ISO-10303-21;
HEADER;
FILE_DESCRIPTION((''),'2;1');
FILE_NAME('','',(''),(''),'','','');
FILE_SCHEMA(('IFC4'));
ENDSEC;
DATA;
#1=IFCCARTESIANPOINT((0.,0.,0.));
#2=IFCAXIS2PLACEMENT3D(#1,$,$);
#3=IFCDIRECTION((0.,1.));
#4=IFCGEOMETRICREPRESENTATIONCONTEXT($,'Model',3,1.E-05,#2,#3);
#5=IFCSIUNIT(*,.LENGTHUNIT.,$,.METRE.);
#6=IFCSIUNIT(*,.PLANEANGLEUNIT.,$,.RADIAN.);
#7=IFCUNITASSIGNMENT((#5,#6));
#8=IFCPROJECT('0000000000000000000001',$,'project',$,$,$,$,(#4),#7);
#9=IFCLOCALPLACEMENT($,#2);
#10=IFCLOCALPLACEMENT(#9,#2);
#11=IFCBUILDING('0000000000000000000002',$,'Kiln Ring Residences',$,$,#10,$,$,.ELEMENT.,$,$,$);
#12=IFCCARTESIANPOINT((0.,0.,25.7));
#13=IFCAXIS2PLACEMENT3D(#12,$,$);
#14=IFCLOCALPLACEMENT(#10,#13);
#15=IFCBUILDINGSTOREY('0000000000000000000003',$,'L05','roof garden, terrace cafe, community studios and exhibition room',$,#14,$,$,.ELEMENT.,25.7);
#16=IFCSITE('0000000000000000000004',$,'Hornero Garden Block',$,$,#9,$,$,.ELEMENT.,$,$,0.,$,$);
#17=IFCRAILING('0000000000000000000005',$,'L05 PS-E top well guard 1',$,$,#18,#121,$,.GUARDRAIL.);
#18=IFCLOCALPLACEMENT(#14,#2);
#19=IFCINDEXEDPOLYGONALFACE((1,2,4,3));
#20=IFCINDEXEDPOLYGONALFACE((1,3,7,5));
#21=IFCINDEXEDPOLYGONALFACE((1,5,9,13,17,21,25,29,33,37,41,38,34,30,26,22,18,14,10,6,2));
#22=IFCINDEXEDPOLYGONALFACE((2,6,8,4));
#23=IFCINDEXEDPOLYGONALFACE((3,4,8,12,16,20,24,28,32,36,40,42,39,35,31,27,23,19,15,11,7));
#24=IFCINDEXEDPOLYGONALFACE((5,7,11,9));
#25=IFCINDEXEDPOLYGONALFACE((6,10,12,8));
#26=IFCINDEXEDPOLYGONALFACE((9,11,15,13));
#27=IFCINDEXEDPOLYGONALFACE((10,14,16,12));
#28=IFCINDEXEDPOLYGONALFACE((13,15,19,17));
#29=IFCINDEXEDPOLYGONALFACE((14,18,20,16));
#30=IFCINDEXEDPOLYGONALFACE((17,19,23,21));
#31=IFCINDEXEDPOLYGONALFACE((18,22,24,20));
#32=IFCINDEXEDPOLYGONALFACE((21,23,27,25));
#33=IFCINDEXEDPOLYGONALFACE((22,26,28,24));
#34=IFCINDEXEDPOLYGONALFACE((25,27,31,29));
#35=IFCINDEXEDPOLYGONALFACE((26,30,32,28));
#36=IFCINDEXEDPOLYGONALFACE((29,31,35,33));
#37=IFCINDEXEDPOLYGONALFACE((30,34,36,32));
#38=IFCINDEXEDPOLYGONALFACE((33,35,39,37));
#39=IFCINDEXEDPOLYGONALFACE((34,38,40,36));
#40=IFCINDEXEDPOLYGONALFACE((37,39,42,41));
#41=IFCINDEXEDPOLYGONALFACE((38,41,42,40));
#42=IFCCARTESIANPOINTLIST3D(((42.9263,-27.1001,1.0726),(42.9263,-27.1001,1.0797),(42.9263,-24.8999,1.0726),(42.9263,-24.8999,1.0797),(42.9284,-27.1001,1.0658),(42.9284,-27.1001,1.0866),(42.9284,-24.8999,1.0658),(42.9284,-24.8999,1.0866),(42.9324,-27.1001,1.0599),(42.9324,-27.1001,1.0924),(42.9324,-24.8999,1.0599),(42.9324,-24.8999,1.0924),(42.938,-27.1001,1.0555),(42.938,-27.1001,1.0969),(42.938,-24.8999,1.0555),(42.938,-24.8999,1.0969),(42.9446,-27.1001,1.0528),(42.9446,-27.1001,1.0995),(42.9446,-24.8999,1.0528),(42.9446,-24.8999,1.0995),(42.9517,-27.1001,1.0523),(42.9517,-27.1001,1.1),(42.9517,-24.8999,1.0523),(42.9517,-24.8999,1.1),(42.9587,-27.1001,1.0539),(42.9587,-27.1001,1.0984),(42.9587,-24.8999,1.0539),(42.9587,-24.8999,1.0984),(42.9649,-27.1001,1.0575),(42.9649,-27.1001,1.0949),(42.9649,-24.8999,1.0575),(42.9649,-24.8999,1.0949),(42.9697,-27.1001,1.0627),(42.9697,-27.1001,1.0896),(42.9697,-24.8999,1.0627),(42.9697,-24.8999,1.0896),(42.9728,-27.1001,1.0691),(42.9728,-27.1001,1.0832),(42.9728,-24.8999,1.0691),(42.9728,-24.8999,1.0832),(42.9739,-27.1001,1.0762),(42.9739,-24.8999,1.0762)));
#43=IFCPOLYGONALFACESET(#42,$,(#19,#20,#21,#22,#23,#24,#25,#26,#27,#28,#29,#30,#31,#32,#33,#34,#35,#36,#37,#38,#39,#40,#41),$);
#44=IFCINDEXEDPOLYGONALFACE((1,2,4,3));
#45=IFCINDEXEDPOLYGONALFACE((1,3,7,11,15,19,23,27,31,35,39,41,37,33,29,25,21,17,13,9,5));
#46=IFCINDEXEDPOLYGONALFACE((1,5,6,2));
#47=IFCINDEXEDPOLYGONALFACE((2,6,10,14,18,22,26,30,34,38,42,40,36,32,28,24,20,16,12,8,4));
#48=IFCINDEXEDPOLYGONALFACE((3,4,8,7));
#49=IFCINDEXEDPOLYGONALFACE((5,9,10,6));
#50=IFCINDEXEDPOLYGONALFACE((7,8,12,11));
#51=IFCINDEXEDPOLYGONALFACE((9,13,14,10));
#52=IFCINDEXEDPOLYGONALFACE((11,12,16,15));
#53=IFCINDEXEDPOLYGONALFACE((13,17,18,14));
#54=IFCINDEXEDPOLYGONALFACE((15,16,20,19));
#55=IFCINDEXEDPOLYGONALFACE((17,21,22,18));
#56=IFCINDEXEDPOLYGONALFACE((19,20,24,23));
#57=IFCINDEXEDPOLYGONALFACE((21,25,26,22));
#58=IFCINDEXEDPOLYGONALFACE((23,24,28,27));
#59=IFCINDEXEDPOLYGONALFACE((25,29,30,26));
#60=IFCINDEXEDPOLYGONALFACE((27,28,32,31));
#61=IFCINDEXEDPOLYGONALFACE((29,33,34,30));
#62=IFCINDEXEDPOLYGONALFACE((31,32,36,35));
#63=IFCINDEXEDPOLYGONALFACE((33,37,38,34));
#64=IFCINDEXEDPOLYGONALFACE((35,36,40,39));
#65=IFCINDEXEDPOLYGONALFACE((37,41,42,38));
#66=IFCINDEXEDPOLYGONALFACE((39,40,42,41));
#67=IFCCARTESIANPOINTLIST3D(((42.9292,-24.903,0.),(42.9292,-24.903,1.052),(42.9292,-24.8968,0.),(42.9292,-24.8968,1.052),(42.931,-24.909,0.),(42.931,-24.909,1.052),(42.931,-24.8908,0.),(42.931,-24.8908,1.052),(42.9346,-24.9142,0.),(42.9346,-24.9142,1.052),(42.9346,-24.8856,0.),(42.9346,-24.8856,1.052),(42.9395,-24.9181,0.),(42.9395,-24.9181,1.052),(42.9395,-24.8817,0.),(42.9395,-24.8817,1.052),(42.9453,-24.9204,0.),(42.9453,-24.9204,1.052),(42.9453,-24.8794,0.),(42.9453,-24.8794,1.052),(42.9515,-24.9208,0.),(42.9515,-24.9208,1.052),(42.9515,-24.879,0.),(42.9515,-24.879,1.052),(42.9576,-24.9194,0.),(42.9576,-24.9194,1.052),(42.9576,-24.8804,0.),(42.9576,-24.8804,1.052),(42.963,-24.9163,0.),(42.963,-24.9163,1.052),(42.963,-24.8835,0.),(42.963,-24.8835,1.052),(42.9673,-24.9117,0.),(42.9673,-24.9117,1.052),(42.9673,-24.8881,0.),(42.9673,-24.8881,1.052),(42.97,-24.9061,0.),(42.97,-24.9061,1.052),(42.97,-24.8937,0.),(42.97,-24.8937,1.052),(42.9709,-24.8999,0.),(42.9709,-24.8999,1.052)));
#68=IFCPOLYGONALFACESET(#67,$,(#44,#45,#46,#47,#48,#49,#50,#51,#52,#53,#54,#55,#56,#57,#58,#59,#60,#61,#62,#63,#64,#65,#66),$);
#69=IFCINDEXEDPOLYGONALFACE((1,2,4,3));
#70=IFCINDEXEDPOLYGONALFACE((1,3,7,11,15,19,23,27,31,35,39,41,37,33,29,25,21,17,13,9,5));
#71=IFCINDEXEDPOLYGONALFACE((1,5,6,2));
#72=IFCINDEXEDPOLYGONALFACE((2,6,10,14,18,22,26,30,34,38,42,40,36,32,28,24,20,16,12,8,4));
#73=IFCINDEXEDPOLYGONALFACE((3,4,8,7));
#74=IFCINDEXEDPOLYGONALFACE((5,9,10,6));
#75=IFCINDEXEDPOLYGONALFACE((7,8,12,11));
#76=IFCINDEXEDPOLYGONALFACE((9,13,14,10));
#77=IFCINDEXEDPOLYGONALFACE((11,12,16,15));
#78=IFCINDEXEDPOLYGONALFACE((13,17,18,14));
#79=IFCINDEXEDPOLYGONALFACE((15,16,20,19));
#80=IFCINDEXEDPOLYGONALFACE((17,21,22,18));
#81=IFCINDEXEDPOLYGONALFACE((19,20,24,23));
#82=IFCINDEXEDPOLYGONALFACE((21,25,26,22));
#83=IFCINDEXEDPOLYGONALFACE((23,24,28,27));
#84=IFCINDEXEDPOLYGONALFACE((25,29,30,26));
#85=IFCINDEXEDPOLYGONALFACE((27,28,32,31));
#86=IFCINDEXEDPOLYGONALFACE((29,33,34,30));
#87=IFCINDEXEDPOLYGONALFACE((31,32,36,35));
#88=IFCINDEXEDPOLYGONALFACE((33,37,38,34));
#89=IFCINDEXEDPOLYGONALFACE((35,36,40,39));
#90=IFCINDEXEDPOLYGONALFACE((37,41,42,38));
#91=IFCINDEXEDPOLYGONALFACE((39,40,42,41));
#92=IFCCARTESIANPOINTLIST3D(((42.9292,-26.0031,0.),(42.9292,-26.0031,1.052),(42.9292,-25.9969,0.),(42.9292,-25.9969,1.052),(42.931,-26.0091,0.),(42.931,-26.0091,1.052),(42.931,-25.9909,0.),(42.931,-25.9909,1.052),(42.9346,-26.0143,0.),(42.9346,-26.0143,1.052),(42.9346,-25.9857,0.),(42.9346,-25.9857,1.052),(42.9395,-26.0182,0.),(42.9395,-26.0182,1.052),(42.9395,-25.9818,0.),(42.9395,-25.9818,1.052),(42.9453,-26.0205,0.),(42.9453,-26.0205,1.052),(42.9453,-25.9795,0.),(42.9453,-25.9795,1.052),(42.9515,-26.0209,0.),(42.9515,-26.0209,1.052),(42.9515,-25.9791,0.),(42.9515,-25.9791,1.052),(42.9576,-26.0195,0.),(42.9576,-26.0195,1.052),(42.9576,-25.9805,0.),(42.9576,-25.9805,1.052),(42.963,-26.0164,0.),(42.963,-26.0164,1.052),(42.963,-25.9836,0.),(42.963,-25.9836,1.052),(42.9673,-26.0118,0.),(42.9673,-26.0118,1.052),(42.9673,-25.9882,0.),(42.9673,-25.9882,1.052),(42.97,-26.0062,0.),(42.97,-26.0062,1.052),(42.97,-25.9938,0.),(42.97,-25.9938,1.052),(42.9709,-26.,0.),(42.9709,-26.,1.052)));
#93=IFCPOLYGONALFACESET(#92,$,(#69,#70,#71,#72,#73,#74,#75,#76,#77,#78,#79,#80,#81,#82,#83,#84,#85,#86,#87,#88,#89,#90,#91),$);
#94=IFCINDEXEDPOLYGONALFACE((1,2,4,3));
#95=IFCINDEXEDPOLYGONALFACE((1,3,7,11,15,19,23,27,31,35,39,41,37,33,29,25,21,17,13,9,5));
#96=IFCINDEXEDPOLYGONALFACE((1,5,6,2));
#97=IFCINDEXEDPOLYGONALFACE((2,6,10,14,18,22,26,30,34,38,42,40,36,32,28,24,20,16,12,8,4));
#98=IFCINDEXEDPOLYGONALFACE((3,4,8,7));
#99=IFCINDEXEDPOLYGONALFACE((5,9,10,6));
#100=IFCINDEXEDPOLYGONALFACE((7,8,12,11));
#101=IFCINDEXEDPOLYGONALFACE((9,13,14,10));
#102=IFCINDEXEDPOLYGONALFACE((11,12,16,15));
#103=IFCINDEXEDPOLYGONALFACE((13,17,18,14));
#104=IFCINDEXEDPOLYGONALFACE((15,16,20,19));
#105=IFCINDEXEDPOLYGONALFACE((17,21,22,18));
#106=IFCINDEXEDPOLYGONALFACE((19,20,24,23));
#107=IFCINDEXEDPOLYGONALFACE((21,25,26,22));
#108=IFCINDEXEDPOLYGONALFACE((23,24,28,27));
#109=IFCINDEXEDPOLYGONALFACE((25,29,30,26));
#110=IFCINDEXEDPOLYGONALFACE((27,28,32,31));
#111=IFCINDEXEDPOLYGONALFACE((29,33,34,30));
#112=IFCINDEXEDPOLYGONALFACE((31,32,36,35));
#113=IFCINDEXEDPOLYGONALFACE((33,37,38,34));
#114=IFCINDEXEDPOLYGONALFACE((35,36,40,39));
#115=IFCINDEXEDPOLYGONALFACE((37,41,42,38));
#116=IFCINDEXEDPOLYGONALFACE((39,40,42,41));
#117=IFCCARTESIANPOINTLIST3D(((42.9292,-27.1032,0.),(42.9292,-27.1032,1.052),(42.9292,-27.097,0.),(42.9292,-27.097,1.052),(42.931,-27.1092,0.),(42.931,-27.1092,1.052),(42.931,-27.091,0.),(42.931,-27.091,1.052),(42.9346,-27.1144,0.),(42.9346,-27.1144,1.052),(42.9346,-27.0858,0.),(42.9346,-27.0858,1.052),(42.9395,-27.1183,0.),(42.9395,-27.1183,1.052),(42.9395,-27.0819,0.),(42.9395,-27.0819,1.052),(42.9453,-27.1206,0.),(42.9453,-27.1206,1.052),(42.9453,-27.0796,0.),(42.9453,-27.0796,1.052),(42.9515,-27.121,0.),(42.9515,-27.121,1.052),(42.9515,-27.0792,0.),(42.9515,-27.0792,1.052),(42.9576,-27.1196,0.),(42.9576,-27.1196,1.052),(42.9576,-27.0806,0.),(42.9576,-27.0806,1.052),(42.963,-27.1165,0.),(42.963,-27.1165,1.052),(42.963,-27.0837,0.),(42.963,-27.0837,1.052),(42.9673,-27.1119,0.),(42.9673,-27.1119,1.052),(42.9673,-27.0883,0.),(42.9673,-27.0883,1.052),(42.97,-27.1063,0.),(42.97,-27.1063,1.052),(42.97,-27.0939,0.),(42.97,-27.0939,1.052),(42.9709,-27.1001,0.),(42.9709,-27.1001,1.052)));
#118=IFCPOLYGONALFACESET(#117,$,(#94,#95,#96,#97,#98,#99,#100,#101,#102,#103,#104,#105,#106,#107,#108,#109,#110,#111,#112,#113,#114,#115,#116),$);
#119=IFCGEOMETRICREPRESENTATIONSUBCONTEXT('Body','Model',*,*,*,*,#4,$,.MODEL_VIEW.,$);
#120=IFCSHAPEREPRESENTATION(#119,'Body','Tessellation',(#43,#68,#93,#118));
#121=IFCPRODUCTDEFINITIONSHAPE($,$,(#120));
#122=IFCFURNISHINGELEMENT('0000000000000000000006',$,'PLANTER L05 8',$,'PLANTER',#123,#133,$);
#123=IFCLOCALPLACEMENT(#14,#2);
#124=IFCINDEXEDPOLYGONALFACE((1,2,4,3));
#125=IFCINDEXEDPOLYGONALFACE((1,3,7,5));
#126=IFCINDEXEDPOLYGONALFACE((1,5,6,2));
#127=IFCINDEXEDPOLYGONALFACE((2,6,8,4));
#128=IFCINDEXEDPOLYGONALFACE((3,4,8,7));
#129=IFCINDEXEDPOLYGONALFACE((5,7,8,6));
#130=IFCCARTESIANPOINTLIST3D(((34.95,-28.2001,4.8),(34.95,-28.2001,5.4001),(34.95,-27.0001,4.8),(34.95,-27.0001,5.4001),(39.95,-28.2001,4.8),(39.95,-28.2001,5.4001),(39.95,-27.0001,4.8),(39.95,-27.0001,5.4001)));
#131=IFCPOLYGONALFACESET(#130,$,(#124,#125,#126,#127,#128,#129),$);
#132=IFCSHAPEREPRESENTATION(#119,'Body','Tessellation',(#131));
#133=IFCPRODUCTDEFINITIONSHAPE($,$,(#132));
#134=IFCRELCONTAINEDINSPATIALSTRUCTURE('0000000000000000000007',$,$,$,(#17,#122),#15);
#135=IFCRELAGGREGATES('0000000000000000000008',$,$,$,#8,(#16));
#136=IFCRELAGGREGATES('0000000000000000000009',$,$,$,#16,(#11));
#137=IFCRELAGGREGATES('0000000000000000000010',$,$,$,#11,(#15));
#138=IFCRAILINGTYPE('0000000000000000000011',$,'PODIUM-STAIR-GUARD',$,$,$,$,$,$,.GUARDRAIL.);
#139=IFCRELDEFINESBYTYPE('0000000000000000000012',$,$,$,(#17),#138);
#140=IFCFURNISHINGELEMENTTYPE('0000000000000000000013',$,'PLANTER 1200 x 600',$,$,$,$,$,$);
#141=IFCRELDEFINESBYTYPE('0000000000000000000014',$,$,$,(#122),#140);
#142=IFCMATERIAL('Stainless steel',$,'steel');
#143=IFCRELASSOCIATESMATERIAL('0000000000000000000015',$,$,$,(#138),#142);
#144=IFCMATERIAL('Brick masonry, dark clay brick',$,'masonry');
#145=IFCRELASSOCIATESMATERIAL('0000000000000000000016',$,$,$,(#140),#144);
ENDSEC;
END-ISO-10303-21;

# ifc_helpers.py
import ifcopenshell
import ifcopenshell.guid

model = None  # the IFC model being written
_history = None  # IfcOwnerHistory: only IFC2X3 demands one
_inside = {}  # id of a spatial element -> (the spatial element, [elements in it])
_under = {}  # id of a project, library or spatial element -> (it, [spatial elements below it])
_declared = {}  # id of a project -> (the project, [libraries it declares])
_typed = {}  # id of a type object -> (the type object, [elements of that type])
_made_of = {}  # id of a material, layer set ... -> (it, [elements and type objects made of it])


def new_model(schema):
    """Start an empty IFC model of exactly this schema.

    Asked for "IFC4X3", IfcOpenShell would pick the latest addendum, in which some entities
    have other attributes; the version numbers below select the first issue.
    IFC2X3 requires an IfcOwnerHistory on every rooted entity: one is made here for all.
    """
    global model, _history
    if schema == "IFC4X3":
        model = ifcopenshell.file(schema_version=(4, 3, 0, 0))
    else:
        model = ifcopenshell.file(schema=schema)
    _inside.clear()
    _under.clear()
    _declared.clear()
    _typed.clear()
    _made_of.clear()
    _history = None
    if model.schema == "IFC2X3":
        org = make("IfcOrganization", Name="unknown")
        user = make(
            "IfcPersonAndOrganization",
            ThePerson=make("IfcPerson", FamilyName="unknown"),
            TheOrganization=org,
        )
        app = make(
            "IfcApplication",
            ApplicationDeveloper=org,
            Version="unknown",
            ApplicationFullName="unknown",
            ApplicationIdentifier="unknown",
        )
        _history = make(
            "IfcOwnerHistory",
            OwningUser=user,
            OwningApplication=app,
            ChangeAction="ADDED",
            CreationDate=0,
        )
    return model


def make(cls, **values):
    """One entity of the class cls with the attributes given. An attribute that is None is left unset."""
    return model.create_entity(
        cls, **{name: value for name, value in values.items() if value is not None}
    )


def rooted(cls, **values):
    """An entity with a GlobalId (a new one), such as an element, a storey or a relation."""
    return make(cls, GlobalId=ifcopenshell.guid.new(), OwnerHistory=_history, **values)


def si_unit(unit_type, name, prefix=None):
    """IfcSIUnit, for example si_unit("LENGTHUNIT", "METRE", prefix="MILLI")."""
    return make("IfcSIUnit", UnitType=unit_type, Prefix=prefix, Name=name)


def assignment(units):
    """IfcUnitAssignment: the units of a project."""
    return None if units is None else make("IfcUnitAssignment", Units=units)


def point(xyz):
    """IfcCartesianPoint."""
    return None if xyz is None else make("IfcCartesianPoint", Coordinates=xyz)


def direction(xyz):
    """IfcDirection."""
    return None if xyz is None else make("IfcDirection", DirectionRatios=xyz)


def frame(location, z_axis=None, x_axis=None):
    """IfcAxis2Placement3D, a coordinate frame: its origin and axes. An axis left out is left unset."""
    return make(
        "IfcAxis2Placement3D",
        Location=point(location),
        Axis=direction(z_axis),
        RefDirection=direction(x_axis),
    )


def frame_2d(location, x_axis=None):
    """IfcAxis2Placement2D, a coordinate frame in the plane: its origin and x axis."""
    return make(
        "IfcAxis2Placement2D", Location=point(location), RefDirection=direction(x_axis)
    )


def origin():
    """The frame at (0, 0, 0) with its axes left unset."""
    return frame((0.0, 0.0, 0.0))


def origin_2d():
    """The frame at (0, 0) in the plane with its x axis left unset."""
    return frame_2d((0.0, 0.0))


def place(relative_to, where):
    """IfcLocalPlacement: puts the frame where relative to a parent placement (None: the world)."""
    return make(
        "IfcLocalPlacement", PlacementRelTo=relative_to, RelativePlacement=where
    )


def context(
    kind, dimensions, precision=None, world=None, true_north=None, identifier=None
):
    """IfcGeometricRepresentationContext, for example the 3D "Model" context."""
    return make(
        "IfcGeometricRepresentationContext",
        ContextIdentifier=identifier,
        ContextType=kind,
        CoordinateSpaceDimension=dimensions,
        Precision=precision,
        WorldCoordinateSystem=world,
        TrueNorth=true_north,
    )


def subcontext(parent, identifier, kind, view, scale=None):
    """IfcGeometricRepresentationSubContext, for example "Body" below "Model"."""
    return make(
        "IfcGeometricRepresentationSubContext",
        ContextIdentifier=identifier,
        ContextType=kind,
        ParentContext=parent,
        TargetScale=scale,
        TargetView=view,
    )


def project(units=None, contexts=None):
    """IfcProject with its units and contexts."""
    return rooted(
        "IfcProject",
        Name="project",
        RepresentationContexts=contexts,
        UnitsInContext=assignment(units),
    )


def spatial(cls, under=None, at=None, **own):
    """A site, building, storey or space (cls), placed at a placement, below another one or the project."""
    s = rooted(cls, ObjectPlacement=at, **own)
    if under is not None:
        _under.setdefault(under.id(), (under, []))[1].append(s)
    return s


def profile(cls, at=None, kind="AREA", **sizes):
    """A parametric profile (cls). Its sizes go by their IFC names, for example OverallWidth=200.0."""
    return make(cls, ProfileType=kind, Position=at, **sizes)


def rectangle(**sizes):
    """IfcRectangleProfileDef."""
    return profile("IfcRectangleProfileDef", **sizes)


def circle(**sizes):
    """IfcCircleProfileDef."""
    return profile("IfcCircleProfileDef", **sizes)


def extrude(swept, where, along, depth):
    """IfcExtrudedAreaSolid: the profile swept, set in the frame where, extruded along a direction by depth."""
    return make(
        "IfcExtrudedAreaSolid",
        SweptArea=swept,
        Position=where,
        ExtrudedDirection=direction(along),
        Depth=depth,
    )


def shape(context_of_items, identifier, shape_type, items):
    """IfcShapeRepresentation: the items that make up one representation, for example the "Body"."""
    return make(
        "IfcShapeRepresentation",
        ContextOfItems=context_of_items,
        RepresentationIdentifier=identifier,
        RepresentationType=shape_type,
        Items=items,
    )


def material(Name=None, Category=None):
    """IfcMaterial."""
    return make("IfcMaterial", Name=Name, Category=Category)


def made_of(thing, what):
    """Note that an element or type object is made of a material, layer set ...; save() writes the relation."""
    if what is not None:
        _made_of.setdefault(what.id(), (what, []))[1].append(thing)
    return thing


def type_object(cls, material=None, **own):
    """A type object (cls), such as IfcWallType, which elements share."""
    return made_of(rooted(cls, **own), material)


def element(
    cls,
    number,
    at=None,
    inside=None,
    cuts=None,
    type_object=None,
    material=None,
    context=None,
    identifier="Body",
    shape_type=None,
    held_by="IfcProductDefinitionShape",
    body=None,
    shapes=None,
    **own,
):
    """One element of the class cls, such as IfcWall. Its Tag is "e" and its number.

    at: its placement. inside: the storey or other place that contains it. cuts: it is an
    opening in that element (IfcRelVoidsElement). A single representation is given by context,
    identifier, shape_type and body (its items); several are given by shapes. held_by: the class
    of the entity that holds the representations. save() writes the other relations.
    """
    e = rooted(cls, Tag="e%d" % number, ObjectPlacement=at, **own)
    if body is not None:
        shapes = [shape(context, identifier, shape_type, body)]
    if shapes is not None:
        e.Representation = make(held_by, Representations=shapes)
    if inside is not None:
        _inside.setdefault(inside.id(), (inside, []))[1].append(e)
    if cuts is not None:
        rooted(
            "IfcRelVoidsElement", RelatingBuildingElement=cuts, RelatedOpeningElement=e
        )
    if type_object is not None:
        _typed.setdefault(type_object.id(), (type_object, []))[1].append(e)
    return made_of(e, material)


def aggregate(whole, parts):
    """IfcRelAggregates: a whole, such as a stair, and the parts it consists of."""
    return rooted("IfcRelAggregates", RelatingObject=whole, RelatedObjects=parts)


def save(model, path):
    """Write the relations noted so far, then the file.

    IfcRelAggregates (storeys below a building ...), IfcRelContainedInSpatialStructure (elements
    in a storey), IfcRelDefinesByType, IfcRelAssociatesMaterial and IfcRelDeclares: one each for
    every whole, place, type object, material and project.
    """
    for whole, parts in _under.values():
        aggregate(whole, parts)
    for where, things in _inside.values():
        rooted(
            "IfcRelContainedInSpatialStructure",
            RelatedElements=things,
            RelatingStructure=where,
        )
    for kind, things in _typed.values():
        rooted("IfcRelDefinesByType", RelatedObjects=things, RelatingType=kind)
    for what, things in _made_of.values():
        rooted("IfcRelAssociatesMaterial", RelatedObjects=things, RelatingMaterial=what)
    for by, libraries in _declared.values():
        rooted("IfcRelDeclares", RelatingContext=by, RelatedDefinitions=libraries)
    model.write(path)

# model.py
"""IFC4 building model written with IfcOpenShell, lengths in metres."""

from ifc_helpers import new_model, si_unit, direction, frame, origin, origin_2d, place, context, subcontext, project, spatial, rectangle, circle, extrude, material, type_object, element, save


model = new_model("IFC4")

# Units and contexts
model_context = context("Model", 3, precision=1e-05, world=origin(), true_north=direction((0.0, 1.0)))
body_context = subcontext(model_context, "Body", "Model", "MODEL_VIEW")
ifc_project = project(units=[si_unit("LENGTHUNIT", "METRE"), si_unit("PLANEANGLEUNIT", "RADIAN")], contexts=[model_context])

# Site, building, storey
site_placement = place(None, origin())
site = spatial("IfcSite", under=ifc_project, at=site_placement, Name="Hornero Garden Block", CompositionType="ELEMENT", RefElevation=0.0)
building_placement = place(site_placement, origin())
building = spatial("IfcBuilding", under=site, at=building_placement, Name="Kiln Ring Residences", CompositionType="ELEMENT")
storey_placement = place(building_placement, frame((0.0, 0.0, 25.7)))
storey = spatial("IfcBuildingStorey", under=building, at=storey_placement, Name="L05", Description="roof garden, terrace cafe, community studios and exhibition room", CompositionType="ELEMENT", Elevation=25.7)

# Railing
ifc_material_1 = material(Name="Stainless steel", Category="steel")
railing_type = type_object("IfcRailingType", Name="PODIUM-STAIR-GUARD", PredefinedType="GUARDRAIL", material=ifc_material_1)
railing_placement = place(storey_placement, frame((42.95, -24.8999, 0.0)))
element("IfcRailing", 1, at=railing_placement, inside=storey, type_object=railing_type, Name="L05 PS-E top well guard 1", PredefinedType="GUARDRAIL", context=body_context, shape_type="SweptSolid", body=[
    extrude(circle(Radius=0.0239, at=origin_2d()), frame((0.0, 0.0, 1.0762), z_axis=(0.0, -1.0, 0.0), x_axis=(1.0, 0.0, 0.0)), (0.0, 0.0, 1.0), 2.2002),
    extrude(circle(Radius=0.021, at=origin_2d()), origin(), (0.0, 0.0, 1.0), 1.052),
    extrude(circle(Radius=0.021, at=origin_2d()), frame((0.0, -1.1001, 0.0)), (0.0, 0.0, 1.0), 1.052),
    extrude(circle(Radius=0.021, at=origin_2d()), frame((0.0, -2.2002, 0.0)), (0.0, 0.0, 1.0), 1.052),
])

# Furnishing element
ifc_material_2 = material(Name="Brick masonry, dark clay brick", Category="masonry")
furnishing_element_type = type_object("IfcFurnishingElementType", Name="PLANTER 1200 x 600", material=ifc_material_2)
furnishing_placement = place(storey_placement, frame((37.45, -27.6001, 4.8), z_axis=(0.0, 0.0, 1.0), x_axis=(1.0, 0.0, 0.0)))
element("IfcFurnishingElement", 2, at=furnishing_placement, inside=storey, type_object=furnishing_element_type, Name="PLANTER L05 8", ObjectType="PLANTER", context=body_context, shape_type="SweptSolid", body=[
    extrude(rectangle(XDim=5.0, YDim=1.2, at=origin_2d()), origin(), (0.0, 0.0, 1.0), 0.6001),
])

save(model, "model.ifc")
